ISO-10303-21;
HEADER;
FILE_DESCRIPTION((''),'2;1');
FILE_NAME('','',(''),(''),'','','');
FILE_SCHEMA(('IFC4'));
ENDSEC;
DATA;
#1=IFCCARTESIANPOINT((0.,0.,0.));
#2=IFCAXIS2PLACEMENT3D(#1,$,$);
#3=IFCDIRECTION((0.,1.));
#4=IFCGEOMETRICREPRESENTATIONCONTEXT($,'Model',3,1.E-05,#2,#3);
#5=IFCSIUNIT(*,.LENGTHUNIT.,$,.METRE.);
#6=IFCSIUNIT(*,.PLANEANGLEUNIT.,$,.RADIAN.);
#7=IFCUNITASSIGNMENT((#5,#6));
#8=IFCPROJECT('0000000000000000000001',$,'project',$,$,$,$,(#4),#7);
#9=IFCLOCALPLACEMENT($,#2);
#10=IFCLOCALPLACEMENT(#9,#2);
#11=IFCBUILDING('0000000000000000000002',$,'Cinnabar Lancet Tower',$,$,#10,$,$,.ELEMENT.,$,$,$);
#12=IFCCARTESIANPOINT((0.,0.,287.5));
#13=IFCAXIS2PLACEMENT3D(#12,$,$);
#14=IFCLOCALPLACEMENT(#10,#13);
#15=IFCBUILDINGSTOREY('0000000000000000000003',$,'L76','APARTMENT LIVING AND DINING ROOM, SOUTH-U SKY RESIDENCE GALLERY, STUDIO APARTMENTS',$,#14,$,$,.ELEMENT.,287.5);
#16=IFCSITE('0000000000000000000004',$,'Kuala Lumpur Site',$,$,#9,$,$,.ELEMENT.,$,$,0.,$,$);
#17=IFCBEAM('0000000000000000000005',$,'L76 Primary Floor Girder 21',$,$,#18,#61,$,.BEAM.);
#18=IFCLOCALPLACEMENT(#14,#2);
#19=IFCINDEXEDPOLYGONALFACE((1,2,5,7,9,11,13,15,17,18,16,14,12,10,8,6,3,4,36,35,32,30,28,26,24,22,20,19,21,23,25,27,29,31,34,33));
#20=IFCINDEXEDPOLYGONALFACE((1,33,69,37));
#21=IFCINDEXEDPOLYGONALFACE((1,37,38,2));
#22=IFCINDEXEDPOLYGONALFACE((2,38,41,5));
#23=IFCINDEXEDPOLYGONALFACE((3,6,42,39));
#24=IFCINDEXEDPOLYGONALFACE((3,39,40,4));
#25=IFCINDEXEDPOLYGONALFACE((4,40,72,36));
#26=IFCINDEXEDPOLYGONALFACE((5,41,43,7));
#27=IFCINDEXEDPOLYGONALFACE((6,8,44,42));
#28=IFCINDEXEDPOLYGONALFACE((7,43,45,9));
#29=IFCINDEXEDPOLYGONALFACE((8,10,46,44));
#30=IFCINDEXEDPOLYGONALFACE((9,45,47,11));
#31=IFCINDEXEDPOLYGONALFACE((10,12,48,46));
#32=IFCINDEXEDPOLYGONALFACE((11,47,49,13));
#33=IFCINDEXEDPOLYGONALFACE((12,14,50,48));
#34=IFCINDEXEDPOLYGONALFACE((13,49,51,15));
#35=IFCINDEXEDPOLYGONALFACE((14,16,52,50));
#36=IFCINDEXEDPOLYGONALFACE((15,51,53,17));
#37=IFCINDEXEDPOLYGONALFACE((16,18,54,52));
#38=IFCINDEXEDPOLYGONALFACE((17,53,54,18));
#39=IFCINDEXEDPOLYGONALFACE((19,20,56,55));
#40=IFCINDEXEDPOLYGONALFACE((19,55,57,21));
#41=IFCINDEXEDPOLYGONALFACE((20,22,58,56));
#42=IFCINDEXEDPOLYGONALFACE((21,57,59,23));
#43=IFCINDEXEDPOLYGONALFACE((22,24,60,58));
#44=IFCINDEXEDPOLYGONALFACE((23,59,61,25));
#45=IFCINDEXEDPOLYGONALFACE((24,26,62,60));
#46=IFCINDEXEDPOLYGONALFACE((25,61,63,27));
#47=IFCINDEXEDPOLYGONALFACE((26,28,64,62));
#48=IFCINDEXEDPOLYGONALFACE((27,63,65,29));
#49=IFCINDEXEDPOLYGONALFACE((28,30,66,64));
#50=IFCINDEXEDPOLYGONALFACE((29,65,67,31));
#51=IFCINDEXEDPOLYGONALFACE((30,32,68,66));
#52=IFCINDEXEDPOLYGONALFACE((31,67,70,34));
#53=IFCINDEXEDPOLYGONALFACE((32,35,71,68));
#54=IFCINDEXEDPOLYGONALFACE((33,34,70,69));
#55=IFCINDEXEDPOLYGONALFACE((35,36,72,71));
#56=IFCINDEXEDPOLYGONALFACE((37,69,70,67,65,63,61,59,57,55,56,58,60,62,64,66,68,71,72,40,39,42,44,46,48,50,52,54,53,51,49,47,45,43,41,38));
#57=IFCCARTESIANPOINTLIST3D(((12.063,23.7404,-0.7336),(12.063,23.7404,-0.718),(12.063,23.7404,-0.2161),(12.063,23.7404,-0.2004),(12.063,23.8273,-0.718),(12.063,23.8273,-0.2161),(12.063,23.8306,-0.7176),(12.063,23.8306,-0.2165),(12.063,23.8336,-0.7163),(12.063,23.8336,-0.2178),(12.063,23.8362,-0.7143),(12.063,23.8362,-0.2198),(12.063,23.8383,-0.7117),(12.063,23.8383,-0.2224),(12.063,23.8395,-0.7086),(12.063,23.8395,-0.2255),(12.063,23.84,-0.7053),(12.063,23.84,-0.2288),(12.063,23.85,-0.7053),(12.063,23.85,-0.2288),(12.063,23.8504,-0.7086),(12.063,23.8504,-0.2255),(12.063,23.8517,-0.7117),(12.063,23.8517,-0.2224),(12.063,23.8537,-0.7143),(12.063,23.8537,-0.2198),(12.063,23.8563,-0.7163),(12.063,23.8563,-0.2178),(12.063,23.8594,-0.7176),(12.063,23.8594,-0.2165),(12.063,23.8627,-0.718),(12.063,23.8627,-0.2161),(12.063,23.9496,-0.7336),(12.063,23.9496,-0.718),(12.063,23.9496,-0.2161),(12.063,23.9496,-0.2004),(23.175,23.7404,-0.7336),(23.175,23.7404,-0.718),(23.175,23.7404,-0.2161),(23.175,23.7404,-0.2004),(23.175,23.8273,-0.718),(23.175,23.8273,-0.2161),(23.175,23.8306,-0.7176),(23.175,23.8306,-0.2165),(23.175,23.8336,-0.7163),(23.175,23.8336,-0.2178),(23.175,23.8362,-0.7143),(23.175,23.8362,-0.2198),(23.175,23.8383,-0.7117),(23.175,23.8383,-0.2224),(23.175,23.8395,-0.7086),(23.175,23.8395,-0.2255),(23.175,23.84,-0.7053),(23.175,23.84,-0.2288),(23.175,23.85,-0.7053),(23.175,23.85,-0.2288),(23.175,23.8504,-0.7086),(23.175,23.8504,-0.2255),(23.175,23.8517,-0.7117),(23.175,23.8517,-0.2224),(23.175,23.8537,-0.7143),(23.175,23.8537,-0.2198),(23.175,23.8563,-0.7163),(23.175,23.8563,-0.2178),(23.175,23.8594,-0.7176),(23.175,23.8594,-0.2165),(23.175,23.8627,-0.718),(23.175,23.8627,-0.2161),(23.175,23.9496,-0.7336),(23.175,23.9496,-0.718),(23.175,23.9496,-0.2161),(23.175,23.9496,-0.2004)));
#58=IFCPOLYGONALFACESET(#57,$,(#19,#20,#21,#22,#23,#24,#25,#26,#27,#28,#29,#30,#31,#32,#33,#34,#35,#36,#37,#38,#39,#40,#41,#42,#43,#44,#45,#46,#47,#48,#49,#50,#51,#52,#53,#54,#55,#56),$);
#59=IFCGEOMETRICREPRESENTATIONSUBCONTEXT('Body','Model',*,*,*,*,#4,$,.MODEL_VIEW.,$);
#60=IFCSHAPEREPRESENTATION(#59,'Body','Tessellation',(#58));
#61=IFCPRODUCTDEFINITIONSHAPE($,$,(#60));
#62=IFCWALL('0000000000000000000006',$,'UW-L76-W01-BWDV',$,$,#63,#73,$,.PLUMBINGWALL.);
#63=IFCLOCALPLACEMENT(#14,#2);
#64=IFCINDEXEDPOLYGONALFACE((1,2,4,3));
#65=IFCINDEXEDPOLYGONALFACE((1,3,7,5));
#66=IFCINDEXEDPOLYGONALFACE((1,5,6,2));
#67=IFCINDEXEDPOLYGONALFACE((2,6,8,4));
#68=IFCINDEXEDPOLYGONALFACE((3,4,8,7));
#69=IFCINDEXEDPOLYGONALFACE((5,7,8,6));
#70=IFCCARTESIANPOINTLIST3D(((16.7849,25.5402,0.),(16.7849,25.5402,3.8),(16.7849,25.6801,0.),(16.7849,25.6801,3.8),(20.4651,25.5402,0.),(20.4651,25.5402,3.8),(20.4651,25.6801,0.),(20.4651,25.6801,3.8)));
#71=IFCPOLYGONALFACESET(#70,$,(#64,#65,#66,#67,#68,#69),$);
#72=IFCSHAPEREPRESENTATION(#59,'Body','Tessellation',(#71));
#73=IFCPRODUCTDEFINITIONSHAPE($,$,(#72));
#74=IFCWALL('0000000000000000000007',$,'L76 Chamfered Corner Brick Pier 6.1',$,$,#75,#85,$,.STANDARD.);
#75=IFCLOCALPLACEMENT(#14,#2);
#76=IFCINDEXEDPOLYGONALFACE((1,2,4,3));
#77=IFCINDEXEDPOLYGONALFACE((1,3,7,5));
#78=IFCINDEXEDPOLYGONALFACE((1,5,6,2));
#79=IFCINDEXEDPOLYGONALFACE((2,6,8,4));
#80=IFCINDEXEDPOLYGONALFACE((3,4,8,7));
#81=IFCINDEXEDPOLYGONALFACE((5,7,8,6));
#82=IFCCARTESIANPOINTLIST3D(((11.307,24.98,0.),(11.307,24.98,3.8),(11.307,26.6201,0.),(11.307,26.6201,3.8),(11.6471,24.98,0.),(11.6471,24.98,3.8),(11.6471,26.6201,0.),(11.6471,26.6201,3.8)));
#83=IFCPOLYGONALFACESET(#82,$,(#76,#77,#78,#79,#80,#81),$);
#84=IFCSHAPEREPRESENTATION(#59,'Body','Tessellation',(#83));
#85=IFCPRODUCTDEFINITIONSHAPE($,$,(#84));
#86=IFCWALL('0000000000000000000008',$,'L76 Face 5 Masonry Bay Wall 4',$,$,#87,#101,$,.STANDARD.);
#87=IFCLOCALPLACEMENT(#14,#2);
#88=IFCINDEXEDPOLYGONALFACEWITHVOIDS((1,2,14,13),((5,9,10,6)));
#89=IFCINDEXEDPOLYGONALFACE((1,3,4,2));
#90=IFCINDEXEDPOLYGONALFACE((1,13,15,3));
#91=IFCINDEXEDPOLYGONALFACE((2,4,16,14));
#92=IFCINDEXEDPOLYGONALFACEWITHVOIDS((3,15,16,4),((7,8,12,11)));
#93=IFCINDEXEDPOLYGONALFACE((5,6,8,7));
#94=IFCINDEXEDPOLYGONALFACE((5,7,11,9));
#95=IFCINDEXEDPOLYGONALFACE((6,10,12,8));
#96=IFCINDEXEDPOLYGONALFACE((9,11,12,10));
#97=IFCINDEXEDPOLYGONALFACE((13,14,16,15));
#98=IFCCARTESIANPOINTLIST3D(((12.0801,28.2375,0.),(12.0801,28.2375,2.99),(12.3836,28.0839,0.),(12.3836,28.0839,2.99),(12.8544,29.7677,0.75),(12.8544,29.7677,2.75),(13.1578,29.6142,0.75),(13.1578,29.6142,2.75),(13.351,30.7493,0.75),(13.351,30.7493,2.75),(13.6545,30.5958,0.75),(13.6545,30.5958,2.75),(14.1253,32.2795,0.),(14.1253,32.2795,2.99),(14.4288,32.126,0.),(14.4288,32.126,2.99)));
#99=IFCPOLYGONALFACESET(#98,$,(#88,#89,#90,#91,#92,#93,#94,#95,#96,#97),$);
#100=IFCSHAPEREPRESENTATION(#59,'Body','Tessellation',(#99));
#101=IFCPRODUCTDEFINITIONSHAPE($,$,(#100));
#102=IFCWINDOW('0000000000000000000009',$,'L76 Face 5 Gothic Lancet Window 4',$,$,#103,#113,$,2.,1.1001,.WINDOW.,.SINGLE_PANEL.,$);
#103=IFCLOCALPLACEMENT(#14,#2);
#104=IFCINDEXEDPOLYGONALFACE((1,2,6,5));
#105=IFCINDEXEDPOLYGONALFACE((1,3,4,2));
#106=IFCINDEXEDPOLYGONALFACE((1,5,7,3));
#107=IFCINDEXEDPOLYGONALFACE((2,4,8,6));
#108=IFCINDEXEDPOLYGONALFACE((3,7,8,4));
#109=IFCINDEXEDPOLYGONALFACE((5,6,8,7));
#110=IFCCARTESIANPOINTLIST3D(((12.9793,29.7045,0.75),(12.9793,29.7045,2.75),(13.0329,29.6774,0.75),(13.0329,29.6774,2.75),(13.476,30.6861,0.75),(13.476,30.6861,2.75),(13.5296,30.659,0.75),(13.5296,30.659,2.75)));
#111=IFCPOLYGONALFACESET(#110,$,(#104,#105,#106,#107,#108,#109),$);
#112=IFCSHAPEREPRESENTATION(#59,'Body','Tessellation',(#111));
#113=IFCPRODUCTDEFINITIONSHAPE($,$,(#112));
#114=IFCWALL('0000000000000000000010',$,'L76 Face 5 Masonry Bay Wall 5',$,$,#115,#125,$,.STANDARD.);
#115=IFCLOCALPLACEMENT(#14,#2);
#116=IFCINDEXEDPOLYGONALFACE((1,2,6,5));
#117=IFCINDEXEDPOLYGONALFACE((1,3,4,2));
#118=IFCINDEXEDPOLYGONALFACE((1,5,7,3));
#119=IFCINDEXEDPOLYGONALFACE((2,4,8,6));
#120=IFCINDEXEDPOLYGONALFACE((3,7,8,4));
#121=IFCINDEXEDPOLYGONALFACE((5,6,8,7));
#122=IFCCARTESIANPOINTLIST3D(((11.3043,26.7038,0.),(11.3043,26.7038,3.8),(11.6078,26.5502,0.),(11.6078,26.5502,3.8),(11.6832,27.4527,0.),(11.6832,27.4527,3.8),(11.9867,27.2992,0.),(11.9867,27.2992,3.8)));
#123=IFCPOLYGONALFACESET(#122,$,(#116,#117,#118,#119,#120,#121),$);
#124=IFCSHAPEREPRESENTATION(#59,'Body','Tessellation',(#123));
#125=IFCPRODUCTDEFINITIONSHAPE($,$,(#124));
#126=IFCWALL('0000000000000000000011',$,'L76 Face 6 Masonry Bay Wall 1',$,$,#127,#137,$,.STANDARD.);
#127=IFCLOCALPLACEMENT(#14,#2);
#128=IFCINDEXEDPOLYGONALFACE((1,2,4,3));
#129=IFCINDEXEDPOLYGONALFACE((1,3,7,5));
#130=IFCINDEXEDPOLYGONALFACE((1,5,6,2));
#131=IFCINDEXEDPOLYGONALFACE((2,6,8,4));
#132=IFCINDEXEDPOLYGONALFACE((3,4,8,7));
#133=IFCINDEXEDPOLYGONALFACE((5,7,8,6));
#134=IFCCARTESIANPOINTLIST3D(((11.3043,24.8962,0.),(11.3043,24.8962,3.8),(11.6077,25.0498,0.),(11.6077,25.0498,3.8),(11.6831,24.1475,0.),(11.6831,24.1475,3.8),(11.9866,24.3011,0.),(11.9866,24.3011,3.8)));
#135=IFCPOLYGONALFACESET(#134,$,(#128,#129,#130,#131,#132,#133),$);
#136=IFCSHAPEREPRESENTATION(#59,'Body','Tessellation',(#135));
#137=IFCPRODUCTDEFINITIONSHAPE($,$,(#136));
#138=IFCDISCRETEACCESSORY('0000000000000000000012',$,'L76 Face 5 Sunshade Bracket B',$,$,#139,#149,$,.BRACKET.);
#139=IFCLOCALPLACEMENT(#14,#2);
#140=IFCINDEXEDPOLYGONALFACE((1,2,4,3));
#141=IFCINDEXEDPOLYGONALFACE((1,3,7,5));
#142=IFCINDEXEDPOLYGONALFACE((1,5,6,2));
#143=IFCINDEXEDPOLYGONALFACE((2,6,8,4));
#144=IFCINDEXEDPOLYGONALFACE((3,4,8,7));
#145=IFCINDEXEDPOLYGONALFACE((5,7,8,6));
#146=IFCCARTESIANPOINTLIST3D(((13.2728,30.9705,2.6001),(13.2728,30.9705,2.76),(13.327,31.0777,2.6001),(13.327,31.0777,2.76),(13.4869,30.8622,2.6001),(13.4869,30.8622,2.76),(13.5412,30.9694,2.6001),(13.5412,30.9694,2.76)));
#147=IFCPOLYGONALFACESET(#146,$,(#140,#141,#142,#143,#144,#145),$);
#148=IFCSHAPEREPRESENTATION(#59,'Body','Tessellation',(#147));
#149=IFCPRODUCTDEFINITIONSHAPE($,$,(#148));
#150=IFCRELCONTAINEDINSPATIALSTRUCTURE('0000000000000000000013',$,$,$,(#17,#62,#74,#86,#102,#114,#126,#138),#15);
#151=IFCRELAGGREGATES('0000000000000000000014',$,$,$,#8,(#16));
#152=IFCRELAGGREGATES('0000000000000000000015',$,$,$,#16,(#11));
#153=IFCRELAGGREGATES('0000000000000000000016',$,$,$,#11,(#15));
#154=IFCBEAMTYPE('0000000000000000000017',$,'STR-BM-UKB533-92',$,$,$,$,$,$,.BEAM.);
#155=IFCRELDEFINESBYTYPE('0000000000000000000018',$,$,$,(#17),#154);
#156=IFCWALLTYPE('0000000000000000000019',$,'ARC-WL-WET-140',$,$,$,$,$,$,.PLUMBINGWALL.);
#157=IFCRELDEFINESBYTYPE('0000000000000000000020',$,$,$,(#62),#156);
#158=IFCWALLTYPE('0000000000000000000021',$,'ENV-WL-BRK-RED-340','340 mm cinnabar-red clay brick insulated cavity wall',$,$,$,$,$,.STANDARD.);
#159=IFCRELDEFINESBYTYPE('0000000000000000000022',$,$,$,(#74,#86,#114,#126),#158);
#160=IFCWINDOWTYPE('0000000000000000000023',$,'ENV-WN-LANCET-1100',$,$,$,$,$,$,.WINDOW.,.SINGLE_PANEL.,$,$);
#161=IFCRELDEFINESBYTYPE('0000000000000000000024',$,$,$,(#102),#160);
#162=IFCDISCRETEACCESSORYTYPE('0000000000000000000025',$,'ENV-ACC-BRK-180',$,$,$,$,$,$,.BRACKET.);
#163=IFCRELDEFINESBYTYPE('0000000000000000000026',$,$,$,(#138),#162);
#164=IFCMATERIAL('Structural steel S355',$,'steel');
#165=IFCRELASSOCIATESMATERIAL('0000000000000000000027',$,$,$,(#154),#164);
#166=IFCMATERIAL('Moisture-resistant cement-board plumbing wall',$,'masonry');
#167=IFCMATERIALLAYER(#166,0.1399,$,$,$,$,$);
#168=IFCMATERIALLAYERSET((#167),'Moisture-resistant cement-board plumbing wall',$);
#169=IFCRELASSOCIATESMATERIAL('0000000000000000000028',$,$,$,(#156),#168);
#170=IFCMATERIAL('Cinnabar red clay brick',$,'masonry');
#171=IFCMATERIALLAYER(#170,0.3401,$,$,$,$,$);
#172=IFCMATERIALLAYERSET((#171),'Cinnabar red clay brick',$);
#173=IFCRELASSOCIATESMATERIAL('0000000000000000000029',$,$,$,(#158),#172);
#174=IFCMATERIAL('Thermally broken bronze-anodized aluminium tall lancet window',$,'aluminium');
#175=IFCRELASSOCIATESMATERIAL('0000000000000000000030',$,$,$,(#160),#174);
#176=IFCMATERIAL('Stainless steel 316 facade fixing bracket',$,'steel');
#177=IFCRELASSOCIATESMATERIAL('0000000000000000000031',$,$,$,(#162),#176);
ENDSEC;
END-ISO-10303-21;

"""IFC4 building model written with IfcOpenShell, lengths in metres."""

from ifc_helpers import new_model, si_unit, direction, frame, frame_2d, origin, origin_2d, place, context, subcontext, project, spatial, rectangle, i_section, extrude, material, layer, layer_set, material_profile, profile_set, type_object, element, fill, save


model = new_model("IFC4")

# Units and contexts
model_context = context("Model", 3, precision=1e-05, world=origin(), true_north=direction((0.0, 1.0)))
body_context = subcontext(model_context, "Body", "Model", "MODEL_VIEW")
ifc_project = project(units=[si_unit("LENGTHUNIT", "METRE"), si_unit("PLANEANGLEUNIT", "RADIAN")], contexts=[model_context])

# Site, building, storey
site_placement = place(None, origin())
site = spatial("IfcSite", under=ifc_project, at=site_placement, Name="Kuala Lumpur Site", CompositionType="ELEMENT", RefElevation=0.0)
building_placement = place(site_placement, origin())
building = spatial("IfcBuilding", under=site, at=building_placement, Name="Cinnabar Lancet Tower", CompositionType="ELEMENT")
storey_placement = place(building_placement, frame((0.0, 0.0, 287.5)))
storey = spatial("IfcBuildingStorey", under=building, at=storey_placement, Name="L76", Description="APARTMENT LIVING AND DINING ROOM, SOUTH-U SKY RESIDENCE GALLERY, STUDIO APARTMENTS", CompositionType="ELEMENT", Elevation=287.5)

# Beam
ifc_material_1 = material(Name="Structural steel S355", Category="steel")
ifc_material_profile_1 = material_profile(ifc_material_1, i_section(OverallWidth=0.2092, OverallDepth=0.5332, WebThickness=0.01, FlangeThickness=0.0156, FilletRadius=0.0127, at=origin_2d()), Name="UKB 533x210x92")
ifc_profile_set_1 = profile_set([ifc_material_profile_1], Name="Structural steel S355")
beam_type_1 = type_object("IfcBeamType", Name="STR-BM-UKB533-92", PredefinedType="BEAM", material=ifc_profile_set_1)
for number, where, z_axis, x_axis, name in (
    (1, (12.063, 23.845, -0.467), (1.0, 0.0, 0.0), (0.0, 1.0, 0.0), "L76 Primary Floor Girder 21"),
):
    element("IfcBeam", number, at=place(storey_placement, frame(where, z_axis=z_axis, x_axis=x_axis)), inside=storey, type_object=beam_type_1, Name=name, PredefinedType="BEAM", context=body_context, shape_type="SweptSolid", body=[
        extrude(i_section(OverallWidth=0.2092, OverallDepth=0.5332, WebThickness=0.01, FlangeThickness=0.0156, FilletRadius=0.0127, at=origin_2d()), origin(), (0.0, 0.0, 1.0), 11.1121),
    ])

# Walls
ifc_material_2 = material(Name="Moisture-resistant cement-board plumbing wall", Category="masonry")
ifc_layer_1 = layer(ifc_material_2, 0.1399)
ifc_layer_set_1 = layer_set([ifc_layer_1], Name="Moisture-resistant cement-board plumbing wall")
wall_type_1 = type_object("IfcWallType", Name="ARC-WL-WET-140", PredefinedType="PLUMBINGWALL", material=ifc_layer_set_1)
wall_1_placement = place(storey_placement, frame((16.7849, 25.6101, 0.0), z_axis=(0.0, 0.0, 1.0), x_axis=(1.0, 0.0, 0.0)))
element("IfcWall", 2, at=wall_1_placement, inside=storey, type_object=wall_type_1, Name="UW-L76-W01-BWDV", PredefinedType="PLUMBINGWALL", context=body_context, shape_type="SweptSolid", body=[
    extrude(rectangle(XDim=3.6802, YDim=0.1399, at=frame_2d((1.8401, 0.0))), origin(), (0.0, 0.0, 1.0), 3.8),
])
ifc_material_3 = material(Name="Cinnabar red clay brick", Category="masonry")
ifc_layer_2 = layer(ifc_material_3, 0.3401)
ifc_layer_set_2 = layer_set([ifc_layer_2], Name="Cinnabar red clay brick")
wall_type_2 = type_object("IfcWallType", Name="ENV-WL-BRK-RED-340", Description="340 mm cinnabar-red clay brick insulated cavity wall", PredefinedType="STANDARD", material=ifc_layer_set_2)
wall_2_placement = place(storey_placement, frame((11.4771, 26.6201, 0.0), z_axis=(0.0, 0.0, 1.0), x_axis=(0.0, -1.0, 0.0)))
element("IfcWall", 3, at=wall_2_placement, inside=storey, type_object=wall_type_2, Name="L76 Chamfered Corner Brick Pier 6.1", PredefinedType="STANDARD", context=body_context, shape_type="SweptSolid", body=[
    extrude(rectangle(XDim=1.6401, YDim=0.3401, at=frame_2d((0.8201, 0.0))), origin(), (0.0, 0.0, 1.0), 3.8),
])

# Wall, opening, window
wall_3_placement = place(storey_placement, frame((14.2771, 32.2029, 0.0), z_axis=(0.0, 0.0, 1.0), x_axis=(-0.451477, -0.892283, 0.0)))
wall_3 = element("IfcWall", 4, at=wall_3_placement, inside=storey, type_object=wall_type_2, Name="L76 Face 5 Masonry Bay Wall 4", PredefinedType="STANDARD", context=body_context, shape_type="SweptSolid", body=[
    extrude(rectangle(XDim=4.53, YDim=0.3401, at=frame_2d((2.2651, 0.0))), origin(), (0.0, 0.0, 1.0), 2.99),
])
opening_placement = place(wall_3_placement, frame((1.7151, 0.0, 0.75)))
opening = element("IfcOpeningElement", 5, at=opening_placement, cuts=wall_3, PredefinedType="OPENING", context=body_context, shape_type="SweptSolid", body=[
    extrude(rectangle(XDim=1.1001, YDim=2.0, at=frame_2d((0.55, 1.0))), frame((0.0, 0.1799, 0.0), z_axis=(0.0, -1.0, 0.0), x_axis=(1.0, 0.0, 0.0)), (0.0, 0.0, 1.0), 0.3601),
])
ifc_material_4 = material(Name="Thermally broken bronze-anodized aluminium tall lancet window", Category="aluminium")
window_type = type_object("IfcWindowType", Name="ENV-WN-LANCET-1100", PartitioningType="SINGLE_PANEL", PredefinedType="WINDOW", material=ifc_material_4)
window_placement = place(opening_placement, origin())
window = element("IfcWindow", 6, at=window_placement, inside=storey, type_object=window_type, Name="L76 Face 5 Gothic Lancet Window 4", OverallHeight=2.0, OverallWidth=1.1001, PartitioningType="SINGLE_PANEL", PredefinedType="WINDOW", context=body_context, shape_type="SweptSolid", body=[
    extrude(rectangle(XDim=1.1001, YDim=2.0, at=frame_2d((0.55, 1.0))), frame((0.0, 0.03, 0.0), z_axis=(0.0, -1.0, 0.0), x_axis=(1.0, 0.0, 0.0)), (0.0, 0.0, 1.0), 0.0601),
])
fill(opening, window)

# Walls
wall_4_placement = place(storey_placement, frame((11.835, 27.376, 0.0), z_axis=(0.0, 0.0, 1.0), x_axis=(-0.451397, -0.892323, 0.0)))
element("IfcWall", 7, at=wall_4_placement, inside=storey, type_object=wall_type_2, Name="L76 Face 5 Masonry Bay Wall 5", PredefinedType="STANDARD", context=body_context, shape_type="SweptSolid", body=[
    extrude(rectangle(XDim=0.8394, YDim=0.3401, at=frame_2d((0.4197, 0.0))), origin(), (0.0, 0.0, 1.0), 3.8),
])
wall_5_placement = place(storey_placement, frame((11.4561, 24.9729, 0.0), z_axis=(0.0, 0.0, 1.0), x_axis=(0.451514, -0.892264, 0.0)))
element("IfcWall", 8, at=wall_5_placement, inside=storey, type_object=wall_type_2, Name="L76 Face 6 Masonry Bay Wall 1", PredefinedType="STANDARD", context=body_context, shape_type="SweptSolid", body=[
    extrude(rectangle(XDim=0.8391, YDim=0.3401, at=frame_2d((0.4194, 0.0))), origin(), (0.0, 0.0, 1.0), 3.8),
])

# Discrete accessory
ifc_material_5 = material(Name="Stainless steel 316 facade fixing bracket", Category="steel")
discrete_accessory_type = type_object("IfcDiscreteAccessoryType", Name="ENV-ACC-BRK-180", PredefinedType="BRACKET", material=ifc_material_5)
discrete_accessory_placement = place(storey_placement, frame((13.407, 30.97, 2.6001), z_axis=(0.0, 0.0, 1.0), x_axis=(-0.451376, -0.892334, 0.0)))
element("IfcDiscreteAccessory", 9, at=discrete_accessory_placement, inside=storey, type_object=discrete_accessory_type, Name="L76 Face 5 Sunshade Bracket B", PredefinedType="BRACKET", context=body_context, shape_type="SweptSolid", body=[
    extrude(rectangle(XDim=0.1201, YDim=0.24, at=origin_2d()), origin(), (0.0, 0.0, 1.0), 0.1599),
])

save(model, "model.ifc")
